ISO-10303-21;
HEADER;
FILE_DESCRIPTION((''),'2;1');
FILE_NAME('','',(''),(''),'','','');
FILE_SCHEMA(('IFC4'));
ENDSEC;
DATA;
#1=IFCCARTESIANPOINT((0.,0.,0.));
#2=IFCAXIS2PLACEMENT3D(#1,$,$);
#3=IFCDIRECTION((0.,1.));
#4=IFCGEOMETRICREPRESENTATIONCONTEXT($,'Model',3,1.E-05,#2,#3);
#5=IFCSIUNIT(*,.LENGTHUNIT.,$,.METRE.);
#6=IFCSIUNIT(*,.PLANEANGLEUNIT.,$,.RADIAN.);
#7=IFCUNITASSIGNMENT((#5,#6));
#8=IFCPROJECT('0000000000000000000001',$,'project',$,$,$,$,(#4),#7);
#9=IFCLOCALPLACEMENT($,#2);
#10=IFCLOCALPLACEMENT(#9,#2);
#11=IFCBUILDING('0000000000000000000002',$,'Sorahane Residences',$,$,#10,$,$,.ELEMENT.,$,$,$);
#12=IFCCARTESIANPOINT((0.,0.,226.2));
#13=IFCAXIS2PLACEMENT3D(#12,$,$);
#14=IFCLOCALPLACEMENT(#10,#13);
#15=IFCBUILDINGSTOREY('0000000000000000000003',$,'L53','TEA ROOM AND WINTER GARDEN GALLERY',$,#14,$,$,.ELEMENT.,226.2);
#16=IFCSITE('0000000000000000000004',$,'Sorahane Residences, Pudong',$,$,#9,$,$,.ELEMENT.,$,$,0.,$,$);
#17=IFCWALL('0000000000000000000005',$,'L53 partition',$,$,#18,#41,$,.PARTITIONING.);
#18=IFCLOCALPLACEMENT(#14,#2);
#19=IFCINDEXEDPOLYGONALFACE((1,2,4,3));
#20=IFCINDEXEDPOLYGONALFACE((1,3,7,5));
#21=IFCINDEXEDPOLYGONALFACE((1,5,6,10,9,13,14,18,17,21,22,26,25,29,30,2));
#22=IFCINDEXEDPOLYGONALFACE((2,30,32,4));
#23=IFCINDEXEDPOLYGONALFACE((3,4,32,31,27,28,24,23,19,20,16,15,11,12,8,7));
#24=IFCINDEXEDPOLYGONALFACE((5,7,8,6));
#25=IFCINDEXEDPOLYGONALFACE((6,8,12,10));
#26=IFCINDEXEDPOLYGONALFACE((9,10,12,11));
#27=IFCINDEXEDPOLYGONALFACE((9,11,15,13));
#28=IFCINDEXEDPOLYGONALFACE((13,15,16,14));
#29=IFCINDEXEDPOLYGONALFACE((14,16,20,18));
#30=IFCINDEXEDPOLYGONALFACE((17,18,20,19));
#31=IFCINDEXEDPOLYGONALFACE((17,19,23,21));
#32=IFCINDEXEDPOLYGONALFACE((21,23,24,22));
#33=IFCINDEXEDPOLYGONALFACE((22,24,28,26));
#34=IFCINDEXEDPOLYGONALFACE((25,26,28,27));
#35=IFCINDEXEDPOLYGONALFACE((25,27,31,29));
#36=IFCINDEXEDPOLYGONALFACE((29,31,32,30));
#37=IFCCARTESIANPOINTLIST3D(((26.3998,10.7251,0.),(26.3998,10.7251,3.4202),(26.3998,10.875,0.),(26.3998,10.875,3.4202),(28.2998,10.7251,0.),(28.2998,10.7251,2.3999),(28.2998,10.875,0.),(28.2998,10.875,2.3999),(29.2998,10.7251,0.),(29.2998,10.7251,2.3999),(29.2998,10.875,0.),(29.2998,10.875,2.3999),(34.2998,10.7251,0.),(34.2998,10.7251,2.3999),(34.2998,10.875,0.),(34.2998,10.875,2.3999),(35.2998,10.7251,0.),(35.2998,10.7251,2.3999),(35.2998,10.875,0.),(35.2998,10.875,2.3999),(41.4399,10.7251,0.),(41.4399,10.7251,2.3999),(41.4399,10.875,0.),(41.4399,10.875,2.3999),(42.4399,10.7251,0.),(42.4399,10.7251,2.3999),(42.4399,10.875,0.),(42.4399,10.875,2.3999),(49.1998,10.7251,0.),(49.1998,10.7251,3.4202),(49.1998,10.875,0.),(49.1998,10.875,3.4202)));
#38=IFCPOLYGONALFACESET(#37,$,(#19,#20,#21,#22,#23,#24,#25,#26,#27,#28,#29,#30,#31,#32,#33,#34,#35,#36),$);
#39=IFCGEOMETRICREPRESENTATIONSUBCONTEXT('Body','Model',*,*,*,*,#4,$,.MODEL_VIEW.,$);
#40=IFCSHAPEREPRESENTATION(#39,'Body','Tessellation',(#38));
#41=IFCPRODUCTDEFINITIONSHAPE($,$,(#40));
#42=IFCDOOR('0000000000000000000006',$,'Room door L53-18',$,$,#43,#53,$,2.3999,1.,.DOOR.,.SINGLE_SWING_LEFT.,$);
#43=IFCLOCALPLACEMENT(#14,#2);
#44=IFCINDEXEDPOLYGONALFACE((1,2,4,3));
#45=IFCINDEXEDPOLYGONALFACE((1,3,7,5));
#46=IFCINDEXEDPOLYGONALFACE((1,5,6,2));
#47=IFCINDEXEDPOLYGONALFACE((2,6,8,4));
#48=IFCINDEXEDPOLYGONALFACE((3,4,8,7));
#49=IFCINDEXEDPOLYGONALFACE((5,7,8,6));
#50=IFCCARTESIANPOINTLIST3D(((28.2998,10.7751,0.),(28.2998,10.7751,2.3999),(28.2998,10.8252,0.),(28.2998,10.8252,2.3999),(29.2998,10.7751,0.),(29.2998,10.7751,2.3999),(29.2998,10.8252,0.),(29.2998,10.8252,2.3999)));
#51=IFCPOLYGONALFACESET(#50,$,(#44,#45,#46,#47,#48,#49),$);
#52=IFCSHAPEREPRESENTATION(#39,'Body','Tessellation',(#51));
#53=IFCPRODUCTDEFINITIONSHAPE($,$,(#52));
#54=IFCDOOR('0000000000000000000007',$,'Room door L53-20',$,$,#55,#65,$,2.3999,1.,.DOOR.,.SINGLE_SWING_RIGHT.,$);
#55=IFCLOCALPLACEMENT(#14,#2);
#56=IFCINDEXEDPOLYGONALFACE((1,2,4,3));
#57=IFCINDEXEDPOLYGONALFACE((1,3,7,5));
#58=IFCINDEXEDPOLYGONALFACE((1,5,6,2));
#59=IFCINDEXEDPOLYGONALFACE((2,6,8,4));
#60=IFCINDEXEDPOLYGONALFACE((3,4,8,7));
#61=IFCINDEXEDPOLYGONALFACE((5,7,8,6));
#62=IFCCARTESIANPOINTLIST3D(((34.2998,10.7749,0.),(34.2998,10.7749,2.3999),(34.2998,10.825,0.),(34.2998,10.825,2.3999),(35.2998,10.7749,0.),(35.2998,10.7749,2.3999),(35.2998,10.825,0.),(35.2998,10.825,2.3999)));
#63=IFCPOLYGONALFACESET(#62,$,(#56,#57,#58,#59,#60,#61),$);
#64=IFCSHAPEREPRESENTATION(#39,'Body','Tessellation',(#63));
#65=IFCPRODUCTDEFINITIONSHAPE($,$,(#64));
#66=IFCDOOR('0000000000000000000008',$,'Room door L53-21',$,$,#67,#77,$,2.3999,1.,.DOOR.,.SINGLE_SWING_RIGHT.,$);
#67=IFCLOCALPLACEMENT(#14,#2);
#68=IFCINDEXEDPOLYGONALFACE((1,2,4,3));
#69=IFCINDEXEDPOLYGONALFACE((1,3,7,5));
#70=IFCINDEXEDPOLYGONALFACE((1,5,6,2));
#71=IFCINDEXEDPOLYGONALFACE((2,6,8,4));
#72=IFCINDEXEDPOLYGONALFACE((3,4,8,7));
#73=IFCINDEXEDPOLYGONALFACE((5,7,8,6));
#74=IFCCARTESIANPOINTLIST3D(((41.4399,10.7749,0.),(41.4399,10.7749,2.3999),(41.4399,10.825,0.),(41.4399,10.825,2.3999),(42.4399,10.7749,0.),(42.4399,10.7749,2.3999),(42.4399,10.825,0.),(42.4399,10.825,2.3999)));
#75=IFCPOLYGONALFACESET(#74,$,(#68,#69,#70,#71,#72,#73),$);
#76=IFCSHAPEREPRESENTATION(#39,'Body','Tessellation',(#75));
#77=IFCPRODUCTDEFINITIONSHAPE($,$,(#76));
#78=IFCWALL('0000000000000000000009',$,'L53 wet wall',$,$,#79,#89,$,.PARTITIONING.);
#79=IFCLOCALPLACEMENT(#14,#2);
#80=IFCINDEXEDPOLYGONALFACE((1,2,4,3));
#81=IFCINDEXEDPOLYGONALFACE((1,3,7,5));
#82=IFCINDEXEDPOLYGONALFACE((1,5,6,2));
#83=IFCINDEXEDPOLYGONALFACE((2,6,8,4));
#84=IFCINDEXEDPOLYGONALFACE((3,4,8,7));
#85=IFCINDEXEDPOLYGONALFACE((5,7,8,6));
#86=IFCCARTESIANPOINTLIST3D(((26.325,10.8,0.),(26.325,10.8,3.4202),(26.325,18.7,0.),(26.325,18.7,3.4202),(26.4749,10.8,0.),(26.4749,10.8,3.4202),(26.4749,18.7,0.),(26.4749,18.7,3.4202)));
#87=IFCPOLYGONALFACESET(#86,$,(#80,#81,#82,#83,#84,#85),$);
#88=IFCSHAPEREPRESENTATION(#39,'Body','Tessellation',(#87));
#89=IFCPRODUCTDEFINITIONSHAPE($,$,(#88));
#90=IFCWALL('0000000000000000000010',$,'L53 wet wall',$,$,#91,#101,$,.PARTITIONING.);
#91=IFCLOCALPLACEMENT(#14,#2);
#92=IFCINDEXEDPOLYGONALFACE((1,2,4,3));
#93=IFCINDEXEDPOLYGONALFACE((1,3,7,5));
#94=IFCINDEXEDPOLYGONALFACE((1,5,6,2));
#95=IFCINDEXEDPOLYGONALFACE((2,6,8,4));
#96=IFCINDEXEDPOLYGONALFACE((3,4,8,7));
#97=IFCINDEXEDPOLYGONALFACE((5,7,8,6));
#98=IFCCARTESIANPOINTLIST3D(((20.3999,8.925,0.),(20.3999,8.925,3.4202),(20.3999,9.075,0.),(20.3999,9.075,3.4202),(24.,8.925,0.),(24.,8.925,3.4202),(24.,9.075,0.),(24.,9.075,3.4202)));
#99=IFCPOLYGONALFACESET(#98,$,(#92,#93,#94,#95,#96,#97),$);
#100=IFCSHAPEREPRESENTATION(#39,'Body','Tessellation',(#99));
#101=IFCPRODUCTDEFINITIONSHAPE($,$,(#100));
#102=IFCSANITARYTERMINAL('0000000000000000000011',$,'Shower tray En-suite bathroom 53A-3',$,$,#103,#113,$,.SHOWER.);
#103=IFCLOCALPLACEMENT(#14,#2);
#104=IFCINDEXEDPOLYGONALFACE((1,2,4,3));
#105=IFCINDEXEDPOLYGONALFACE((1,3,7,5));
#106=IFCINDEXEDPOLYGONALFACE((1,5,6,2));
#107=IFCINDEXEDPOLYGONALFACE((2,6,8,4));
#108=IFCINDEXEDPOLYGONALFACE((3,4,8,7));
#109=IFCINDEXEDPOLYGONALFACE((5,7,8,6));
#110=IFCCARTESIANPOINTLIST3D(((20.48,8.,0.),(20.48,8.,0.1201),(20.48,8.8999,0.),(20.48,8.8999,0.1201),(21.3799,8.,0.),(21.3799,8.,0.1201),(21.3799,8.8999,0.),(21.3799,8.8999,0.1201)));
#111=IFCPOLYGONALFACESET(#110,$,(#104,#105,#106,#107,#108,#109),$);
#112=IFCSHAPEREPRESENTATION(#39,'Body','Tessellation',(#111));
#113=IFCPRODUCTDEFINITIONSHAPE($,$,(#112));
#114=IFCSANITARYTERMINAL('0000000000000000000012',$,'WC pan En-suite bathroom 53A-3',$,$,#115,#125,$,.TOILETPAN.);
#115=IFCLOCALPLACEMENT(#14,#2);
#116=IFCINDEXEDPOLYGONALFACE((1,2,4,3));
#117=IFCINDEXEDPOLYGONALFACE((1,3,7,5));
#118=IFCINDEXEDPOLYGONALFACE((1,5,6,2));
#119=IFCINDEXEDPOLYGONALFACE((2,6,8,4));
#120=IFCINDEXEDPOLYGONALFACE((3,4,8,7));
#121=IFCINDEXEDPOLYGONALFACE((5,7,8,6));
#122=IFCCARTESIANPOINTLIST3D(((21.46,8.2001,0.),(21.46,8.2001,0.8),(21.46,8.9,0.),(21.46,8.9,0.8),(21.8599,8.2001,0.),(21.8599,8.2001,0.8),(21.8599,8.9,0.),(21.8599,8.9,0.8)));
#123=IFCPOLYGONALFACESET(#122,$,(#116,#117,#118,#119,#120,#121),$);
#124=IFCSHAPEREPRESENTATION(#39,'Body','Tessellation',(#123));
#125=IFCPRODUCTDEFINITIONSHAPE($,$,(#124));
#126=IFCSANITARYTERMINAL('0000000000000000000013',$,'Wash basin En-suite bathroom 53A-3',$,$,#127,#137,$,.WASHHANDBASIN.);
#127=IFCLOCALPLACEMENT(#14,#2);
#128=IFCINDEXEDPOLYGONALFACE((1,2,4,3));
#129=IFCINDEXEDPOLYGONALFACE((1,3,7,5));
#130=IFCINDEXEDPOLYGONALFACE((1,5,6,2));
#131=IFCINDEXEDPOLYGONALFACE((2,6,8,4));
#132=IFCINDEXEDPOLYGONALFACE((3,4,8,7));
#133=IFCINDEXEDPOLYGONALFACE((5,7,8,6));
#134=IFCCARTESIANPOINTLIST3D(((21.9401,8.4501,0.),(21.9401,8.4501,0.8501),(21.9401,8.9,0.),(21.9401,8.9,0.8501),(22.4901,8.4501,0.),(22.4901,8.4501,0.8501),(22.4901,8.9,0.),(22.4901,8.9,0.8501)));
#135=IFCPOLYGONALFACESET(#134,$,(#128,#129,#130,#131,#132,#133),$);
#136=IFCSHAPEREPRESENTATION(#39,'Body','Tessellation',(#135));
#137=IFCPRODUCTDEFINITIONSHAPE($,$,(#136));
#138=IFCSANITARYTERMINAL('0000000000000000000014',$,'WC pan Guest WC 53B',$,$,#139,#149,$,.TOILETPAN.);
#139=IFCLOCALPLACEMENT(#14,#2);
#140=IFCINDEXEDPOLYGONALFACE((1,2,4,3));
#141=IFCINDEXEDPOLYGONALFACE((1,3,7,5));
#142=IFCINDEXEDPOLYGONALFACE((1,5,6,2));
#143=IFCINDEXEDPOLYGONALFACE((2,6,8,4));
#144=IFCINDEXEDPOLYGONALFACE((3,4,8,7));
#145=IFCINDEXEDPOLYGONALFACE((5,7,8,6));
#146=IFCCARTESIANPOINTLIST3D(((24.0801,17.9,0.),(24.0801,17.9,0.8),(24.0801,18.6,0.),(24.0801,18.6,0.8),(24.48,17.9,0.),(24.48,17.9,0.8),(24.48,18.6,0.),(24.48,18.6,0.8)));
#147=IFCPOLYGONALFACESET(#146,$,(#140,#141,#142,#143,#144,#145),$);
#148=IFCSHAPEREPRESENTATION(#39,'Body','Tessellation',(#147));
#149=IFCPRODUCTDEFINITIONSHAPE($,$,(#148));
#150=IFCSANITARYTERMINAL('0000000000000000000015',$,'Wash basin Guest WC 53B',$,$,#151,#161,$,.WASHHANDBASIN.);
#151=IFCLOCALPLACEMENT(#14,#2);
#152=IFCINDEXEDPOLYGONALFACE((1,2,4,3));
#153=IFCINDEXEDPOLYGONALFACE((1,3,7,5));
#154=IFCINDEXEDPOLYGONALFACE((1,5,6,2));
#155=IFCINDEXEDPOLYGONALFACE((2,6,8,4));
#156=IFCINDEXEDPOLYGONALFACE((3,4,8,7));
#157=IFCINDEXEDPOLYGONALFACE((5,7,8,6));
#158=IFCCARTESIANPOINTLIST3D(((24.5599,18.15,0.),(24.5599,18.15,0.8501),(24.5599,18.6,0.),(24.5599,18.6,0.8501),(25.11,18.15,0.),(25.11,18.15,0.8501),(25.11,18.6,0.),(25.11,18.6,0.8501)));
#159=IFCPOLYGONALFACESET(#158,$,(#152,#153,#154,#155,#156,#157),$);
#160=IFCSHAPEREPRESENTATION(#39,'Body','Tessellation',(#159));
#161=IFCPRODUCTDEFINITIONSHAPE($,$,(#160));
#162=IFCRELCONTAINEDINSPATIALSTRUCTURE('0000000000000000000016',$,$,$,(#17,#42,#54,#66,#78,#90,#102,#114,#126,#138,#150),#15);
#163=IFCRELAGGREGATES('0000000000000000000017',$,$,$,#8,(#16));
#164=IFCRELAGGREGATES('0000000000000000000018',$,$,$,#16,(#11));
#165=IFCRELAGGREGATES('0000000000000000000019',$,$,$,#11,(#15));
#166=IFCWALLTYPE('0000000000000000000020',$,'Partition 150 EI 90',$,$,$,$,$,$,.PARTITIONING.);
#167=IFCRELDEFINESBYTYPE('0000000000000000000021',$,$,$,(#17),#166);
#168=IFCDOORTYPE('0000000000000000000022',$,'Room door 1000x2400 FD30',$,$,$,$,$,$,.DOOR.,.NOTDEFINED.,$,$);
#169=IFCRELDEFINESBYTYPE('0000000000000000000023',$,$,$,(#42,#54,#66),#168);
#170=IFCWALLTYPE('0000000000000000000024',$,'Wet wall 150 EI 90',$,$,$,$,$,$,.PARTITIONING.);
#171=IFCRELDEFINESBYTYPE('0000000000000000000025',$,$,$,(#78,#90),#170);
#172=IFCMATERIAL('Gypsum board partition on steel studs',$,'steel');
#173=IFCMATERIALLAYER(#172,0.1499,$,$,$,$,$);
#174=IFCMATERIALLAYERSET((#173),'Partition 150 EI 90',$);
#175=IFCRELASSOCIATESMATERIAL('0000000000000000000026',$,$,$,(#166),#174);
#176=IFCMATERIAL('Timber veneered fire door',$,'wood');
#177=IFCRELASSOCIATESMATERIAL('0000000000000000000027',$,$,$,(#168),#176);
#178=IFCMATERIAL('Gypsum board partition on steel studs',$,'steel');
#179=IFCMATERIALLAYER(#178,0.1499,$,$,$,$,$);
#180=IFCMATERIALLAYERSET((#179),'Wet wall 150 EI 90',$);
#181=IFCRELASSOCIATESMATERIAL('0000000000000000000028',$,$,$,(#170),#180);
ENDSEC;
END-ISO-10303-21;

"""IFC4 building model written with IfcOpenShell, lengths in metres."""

from ifc_helpers import new_model, si_unit, direction, frame, frame_2d, origin, origin_2d, place, context, subcontext, project, spatial, rectangle, extrude, material, layer, layer_set, type_object, element, fill, save


model = new_model("IFC4")

# Units and contexts
model_context = context("Model", 3, precision=1e-05, world=origin(), true_north=direction((0.0, 1.0)))
body_context = subcontext(model_context, "Body", "Model", "MODEL_VIEW")
ifc_project = project(units=[si_unit("LENGTHUNIT", "METRE"), si_unit("PLANEANGLEUNIT", "RADIAN")], contexts=[model_context])

# Site, building, storey
site_placement = place(None, origin())
site = spatial("IfcSite", under=ifc_project, at=site_placement, Name="Sorahane Residences, Pudong", CompositionType="ELEMENT", RefElevation=0.0)
building_placement = place(site_placement, origin())
building = spatial("IfcBuilding", under=site, at=building_placement, Name="Sorahane Residences", CompositionType="ELEMENT")
storey_placement = place(building_placement, frame((0.0, 0.0, 226.2)))
storey = spatial("IfcBuildingStorey", under=building, at=storey_placement, Name="L53", Description="TEA ROOM AND WINTER GARDEN GALLERY", CompositionType="ELEMENT", Elevation=226.2)

# Wall, openings, doors
ifc_material_1 = material(Name="Gypsum board partition on steel studs", Category="steel")
ifc_layer_1 = layer(ifc_material_1, 0.1499)
ifc_layer_set_1 = layer_set([ifc_layer_1], Name="Partition 150 EI 90")
wall_type_1 = type_object("IfcWallType", Name="Partition 150 EI 90", PredefinedType="PARTITIONING", material=ifc_layer_set_1)
wall_1_placement = place(storey_placement, frame((26.3999, 10.8, 0.0), z_axis=(0.0, 0.0, 1.0), x_axis=(1.0, 0.0, 0.0)))
wall_1 = element("IfcWall", 1, at=wall_1_placement, inside=storey, type_object=wall_type_1, Name="L53 partition", PredefinedType="PARTITIONING", context=body_context, shape_type="SweptSolid", body=[
    extrude(rectangle(XDim=22.8, YDim=0.1499, at=frame_2d((11.3999, 0.0))), origin(), (0.0, 0.0, 1.0), 3.4202),
])
opening_1_placement = place(wall_1_placement, frame((1.8999, 0.0, 0.0)))
opening_1 = element("IfcOpeningElement", 2, at=opening_1_placement, cuts=wall_1, PredefinedType="OPENING", context=body_context, shape_type="SweptSolid", body=[
    extrude(rectangle(XDim=1.0, YDim=2.3999, at=frame_2d((0.5, 1.2))), frame((0.0, 0.085, 0.0), z_axis=(0.0, -1.0, 0.0), x_axis=(1.0, 0.0, 0.0)), (0.0, 0.0, 1.0), 0.1699),
])
opening_2_placement = place(wall_1_placement, frame((7.8999, 0.0, 0.0)))
opening_2 = element("IfcOpeningElement", 3, at=opening_2_placement, cuts=wall_1, PredefinedType="OPENING", context=body_context, shape_type="SweptSolid", body=[
    extrude(rectangle(XDim=1.0, YDim=2.3999, at=frame_2d((0.5, 1.2))), frame((0.0, 0.085, 0.0), z_axis=(0.0, -1.0, 0.0), x_axis=(1.0, 0.0, 0.0)), (0.0, 0.0, 1.0), 0.1699),
])
opening_3_placement = place(wall_1_placement, frame((15.04, 0.0, 0.0)))
opening_3 = element("IfcOpeningElement", 4, at=opening_3_placement, cuts=wall_1, PredefinedType="OPENING", context=body_context, shape_type="SweptSolid", body=[
    extrude(rectangle(XDim=1.0, YDim=2.3999, at=frame_2d((0.5, 1.2))), frame((0.0, 0.085, 0.0), z_axis=(0.0, -1.0, 0.0), x_axis=(1.0, 0.0, 0.0)), (0.0, 0.0, 1.0), 0.1699),
])
ifc_material_2 = material(Name="Timber veneered fire door", Category="wood")
door_type_1 = type_object("IfcDoorType", Name="Room door 1000x2400 FD30", OperationType="NOTDEFINED", PredefinedType="DOOR", material=ifc_material_2)
door_1_placement = place(opening_1_placement, frame((1.0, 0.0, 0.0), z_axis=(0.0, 0.0, 1.0), x_axis=(-1.0, 0.0, 0.0)))
door_1 = element("IfcDoor", 5, at=door_1_placement, inside=storey, type_object=door_type_1, Name="Room door L53-18", OperationType="SINGLE_SWING_LEFT", OverallHeight=2.3999, OverallWidth=1.0, PredefinedType="DOOR", context=body_context, shape_type="SweptSolid", body=[
    extrude(rectangle(XDim=1.0, YDim=2.3999, at=frame_2d((0.5, 1.2))), frame((0.0, 0.0249, 0.0), z_axis=(0.0, -1.0, 0.0), x_axis=(1.0, 0.0, 0.0)), (0.0, 0.0, 1.0), 0.05),
])
fill(opening_1, door_1)
door_2_placement = place(opening_2_placement, origin())
door_2 = element("IfcDoor", 6, at=door_2_placement, inside=storey, type_object=door_type_1, Name="Room door L53-20", OperationType="SINGLE_SWING_RIGHT", OverallHeight=2.3999, OverallWidth=1.0, PredefinedType="DOOR", context=body_context, shape_type="SweptSolid", body=[
    extrude(rectangle(XDim=1.0, YDim=2.3999, at=frame_2d((0.5, 1.2))), frame((0.0, 0.0249, 0.0), z_axis=(0.0, -1.0, 0.0), x_axis=(1.0, 0.0, 0.0)), (0.0, 0.0, 1.0), 0.05),
])
fill(opening_2, door_2)
door_3_placement = place(opening_3_placement, origin())
door_3 = element("IfcDoor", 7, at=door_3_placement, inside=storey, type_object=door_type_1, Name="Room door L53-21", OperationType="SINGLE_SWING_RIGHT", OverallHeight=2.3999, OverallWidth=1.0, PredefinedType="DOOR", context=body_context, shape_type="SweptSolid", body=[
    extrude(rectangle(XDim=1.0, YDim=2.3999, at=frame_2d((0.5, 1.2))), frame((0.0, 0.0249, 0.0), z_axis=(0.0, -1.0, 0.0), x_axis=(1.0, 0.0, 0.0)), (0.0, 0.0, 1.0), 0.05),
])
fill(opening_3, door_3)

# Wall
ifc_material_3 = material(Name="Gypsum board partition on steel studs", Category="steel")
ifc_layer_2 = layer(ifc_material_3, 0.1499)
ifc_layer_set_2 = layer_set([ifc_layer_2], Name="Wet wall 150 EI 90")
wall_type_2 = type_object("IfcWallType", Name="Wet wall 150 EI 90", PredefinedType="PARTITIONING", material=ifc_layer_set_2)
wall_2_placement = place(storey_placement, frame((26.3999, 10.8, 0.0), z_axis=(0.0, 0.0, 1.0), x_axis=(0.0, 1.0, 0.0)))
element("IfcWall", 8, at=wall_2_placement, inside=storey, type_object=wall_type_2, Name="L53 wet wall", PredefinedType="PARTITIONING", context=body_context, shape_type="SweptSolid", body=[
    extrude(rectangle(XDim=7.8999, YDim=0.1499, at=frame_2d((3.95, 0.0))), origin(), (0.0, 0.0, 1.0), 3.4202),
])

# Wall
wall_3_placement = place(storey_placement, frame((20.3999, 9.0, 0.0), z_axis=(0.0, 0.0, 1.0), x_axis=(1.0, 0.0, 0.0)))
element("IfcWall", 9, at=wall_3_placement, inside=storey, type_object=wall_type_2, Name="L53 wet wall", PredefinedType="PARTITIONING", context=body_context, shape_type="SweptSolid", body=[
    extrude(rectangle(XDim=3.6001, YDim=0.1499, at=frame_2d((1.8, 0.0))), origin(), (0.0, 0.0, 1.0), 3.4202),
])

# Sanitary terminals
sanitary_terminal_1_placement = place(storey_placement, frame((20.9299, 8.45, 0.0), z_axis=(0.0, 0.0, 1.0), x_axis=(1.0, 0.0, 0.0)))
element("IfcSanitaryTerminal", 10, at=sanitary_terminal_1_placement, inside=storey, Name="Shower tray En-suite bathroom 53A-3", PredefinedType="SHOWER", context=body_context, shape_type="SweptSolid", body=[
    extrude(rectangle(XDim=0.8999, YDim=0.8999, at=origin_2d()), origin(), (0.0, 0.0, 1.0), 0.1201),
])
sanitary_terminal_2_placement = place(storey_placement, frame((21.6599, 8.55, 0.0), z_axis=(0.0, 0.0, 1.0), x_axis=(1.0, 0.0, 0.0)))
element("IfcSanitaryTerminal", 11, at=sanitary_terminal_2_placement, inside=storey, Name="WC pan En-suite bathroom 53A-3", PredefinedType="TOILETPAN", context=body_context, shape_type="SweptSolid", body=[
    extrude(rectangle(XDim=0.3999, YDim=0.7, at=origin_2d()), origin(), (0.0, 0.0, 1.0), 0.8),
])
sanitary_terminal_3_placement = place(storey_placement, frame((22.2151, 8.675, 0.0), z_axis=(0.0, 0.0, 1.0), x_axis=(1.0, 0.0, 0.0)))
element("IfcSanitaryTerminal", 12, at=sanitary_terminal_3_placement, inside=storey, Name="Wash basin En-suite bathroom 53A-3", PredefinedType="WASHHANDBASIN", context=body_context, shape_type="SweptSolid", body=[
    extrude(rectangle(XDim=0.55, YDim=0.45, at=origin_2d()), origin(), (0.0, 0.0, 1.0), 0.8501),
])
sanitary_terminal_4_placement = place(storey_placement, frame((24.28, 18.25, 0.0), z_axis=(0.0, 0.0, 1.0), x_axis=(1.0, 0.0, 0.0)))
element("IfcSanitaryTerminal", 13, at=sanitary_terminal_4_placement, inside=storey, Name="WC pan Guest WC 53B", PredefinedType="TOILETPAN", context=body_context, shape_type="SweptSolid", body=[
    extrude(rectangle(XDim=0.3999, YDim=0.7, at=origin_2d()), origin(), (0.0, 0.0, 1.0), 0.8),
])
sanitary_terminal_5_placement = place(storey_placement, frame((24.835, 18.375, 0.0), z_axis=(0.0, 0.0, 1.0), x_axis=(1.0, 0.0, 0.0)))
element("IfcSanitaryTerminal", 14, at=sanitary_terminal_5_placement, inside=storey, Name="Wash basin Guest WC 53B", PredefinedType="WASHHANDBASIN", context=body_context, shape_type="SweptSolid", body=[
    extrude(rectangle(XDim=0.55, YDim=0.45, at=origin_2d()), origin(), (0.0, 0.0, 1.0), 0.8501),
])

save(model, "model.ifc")
